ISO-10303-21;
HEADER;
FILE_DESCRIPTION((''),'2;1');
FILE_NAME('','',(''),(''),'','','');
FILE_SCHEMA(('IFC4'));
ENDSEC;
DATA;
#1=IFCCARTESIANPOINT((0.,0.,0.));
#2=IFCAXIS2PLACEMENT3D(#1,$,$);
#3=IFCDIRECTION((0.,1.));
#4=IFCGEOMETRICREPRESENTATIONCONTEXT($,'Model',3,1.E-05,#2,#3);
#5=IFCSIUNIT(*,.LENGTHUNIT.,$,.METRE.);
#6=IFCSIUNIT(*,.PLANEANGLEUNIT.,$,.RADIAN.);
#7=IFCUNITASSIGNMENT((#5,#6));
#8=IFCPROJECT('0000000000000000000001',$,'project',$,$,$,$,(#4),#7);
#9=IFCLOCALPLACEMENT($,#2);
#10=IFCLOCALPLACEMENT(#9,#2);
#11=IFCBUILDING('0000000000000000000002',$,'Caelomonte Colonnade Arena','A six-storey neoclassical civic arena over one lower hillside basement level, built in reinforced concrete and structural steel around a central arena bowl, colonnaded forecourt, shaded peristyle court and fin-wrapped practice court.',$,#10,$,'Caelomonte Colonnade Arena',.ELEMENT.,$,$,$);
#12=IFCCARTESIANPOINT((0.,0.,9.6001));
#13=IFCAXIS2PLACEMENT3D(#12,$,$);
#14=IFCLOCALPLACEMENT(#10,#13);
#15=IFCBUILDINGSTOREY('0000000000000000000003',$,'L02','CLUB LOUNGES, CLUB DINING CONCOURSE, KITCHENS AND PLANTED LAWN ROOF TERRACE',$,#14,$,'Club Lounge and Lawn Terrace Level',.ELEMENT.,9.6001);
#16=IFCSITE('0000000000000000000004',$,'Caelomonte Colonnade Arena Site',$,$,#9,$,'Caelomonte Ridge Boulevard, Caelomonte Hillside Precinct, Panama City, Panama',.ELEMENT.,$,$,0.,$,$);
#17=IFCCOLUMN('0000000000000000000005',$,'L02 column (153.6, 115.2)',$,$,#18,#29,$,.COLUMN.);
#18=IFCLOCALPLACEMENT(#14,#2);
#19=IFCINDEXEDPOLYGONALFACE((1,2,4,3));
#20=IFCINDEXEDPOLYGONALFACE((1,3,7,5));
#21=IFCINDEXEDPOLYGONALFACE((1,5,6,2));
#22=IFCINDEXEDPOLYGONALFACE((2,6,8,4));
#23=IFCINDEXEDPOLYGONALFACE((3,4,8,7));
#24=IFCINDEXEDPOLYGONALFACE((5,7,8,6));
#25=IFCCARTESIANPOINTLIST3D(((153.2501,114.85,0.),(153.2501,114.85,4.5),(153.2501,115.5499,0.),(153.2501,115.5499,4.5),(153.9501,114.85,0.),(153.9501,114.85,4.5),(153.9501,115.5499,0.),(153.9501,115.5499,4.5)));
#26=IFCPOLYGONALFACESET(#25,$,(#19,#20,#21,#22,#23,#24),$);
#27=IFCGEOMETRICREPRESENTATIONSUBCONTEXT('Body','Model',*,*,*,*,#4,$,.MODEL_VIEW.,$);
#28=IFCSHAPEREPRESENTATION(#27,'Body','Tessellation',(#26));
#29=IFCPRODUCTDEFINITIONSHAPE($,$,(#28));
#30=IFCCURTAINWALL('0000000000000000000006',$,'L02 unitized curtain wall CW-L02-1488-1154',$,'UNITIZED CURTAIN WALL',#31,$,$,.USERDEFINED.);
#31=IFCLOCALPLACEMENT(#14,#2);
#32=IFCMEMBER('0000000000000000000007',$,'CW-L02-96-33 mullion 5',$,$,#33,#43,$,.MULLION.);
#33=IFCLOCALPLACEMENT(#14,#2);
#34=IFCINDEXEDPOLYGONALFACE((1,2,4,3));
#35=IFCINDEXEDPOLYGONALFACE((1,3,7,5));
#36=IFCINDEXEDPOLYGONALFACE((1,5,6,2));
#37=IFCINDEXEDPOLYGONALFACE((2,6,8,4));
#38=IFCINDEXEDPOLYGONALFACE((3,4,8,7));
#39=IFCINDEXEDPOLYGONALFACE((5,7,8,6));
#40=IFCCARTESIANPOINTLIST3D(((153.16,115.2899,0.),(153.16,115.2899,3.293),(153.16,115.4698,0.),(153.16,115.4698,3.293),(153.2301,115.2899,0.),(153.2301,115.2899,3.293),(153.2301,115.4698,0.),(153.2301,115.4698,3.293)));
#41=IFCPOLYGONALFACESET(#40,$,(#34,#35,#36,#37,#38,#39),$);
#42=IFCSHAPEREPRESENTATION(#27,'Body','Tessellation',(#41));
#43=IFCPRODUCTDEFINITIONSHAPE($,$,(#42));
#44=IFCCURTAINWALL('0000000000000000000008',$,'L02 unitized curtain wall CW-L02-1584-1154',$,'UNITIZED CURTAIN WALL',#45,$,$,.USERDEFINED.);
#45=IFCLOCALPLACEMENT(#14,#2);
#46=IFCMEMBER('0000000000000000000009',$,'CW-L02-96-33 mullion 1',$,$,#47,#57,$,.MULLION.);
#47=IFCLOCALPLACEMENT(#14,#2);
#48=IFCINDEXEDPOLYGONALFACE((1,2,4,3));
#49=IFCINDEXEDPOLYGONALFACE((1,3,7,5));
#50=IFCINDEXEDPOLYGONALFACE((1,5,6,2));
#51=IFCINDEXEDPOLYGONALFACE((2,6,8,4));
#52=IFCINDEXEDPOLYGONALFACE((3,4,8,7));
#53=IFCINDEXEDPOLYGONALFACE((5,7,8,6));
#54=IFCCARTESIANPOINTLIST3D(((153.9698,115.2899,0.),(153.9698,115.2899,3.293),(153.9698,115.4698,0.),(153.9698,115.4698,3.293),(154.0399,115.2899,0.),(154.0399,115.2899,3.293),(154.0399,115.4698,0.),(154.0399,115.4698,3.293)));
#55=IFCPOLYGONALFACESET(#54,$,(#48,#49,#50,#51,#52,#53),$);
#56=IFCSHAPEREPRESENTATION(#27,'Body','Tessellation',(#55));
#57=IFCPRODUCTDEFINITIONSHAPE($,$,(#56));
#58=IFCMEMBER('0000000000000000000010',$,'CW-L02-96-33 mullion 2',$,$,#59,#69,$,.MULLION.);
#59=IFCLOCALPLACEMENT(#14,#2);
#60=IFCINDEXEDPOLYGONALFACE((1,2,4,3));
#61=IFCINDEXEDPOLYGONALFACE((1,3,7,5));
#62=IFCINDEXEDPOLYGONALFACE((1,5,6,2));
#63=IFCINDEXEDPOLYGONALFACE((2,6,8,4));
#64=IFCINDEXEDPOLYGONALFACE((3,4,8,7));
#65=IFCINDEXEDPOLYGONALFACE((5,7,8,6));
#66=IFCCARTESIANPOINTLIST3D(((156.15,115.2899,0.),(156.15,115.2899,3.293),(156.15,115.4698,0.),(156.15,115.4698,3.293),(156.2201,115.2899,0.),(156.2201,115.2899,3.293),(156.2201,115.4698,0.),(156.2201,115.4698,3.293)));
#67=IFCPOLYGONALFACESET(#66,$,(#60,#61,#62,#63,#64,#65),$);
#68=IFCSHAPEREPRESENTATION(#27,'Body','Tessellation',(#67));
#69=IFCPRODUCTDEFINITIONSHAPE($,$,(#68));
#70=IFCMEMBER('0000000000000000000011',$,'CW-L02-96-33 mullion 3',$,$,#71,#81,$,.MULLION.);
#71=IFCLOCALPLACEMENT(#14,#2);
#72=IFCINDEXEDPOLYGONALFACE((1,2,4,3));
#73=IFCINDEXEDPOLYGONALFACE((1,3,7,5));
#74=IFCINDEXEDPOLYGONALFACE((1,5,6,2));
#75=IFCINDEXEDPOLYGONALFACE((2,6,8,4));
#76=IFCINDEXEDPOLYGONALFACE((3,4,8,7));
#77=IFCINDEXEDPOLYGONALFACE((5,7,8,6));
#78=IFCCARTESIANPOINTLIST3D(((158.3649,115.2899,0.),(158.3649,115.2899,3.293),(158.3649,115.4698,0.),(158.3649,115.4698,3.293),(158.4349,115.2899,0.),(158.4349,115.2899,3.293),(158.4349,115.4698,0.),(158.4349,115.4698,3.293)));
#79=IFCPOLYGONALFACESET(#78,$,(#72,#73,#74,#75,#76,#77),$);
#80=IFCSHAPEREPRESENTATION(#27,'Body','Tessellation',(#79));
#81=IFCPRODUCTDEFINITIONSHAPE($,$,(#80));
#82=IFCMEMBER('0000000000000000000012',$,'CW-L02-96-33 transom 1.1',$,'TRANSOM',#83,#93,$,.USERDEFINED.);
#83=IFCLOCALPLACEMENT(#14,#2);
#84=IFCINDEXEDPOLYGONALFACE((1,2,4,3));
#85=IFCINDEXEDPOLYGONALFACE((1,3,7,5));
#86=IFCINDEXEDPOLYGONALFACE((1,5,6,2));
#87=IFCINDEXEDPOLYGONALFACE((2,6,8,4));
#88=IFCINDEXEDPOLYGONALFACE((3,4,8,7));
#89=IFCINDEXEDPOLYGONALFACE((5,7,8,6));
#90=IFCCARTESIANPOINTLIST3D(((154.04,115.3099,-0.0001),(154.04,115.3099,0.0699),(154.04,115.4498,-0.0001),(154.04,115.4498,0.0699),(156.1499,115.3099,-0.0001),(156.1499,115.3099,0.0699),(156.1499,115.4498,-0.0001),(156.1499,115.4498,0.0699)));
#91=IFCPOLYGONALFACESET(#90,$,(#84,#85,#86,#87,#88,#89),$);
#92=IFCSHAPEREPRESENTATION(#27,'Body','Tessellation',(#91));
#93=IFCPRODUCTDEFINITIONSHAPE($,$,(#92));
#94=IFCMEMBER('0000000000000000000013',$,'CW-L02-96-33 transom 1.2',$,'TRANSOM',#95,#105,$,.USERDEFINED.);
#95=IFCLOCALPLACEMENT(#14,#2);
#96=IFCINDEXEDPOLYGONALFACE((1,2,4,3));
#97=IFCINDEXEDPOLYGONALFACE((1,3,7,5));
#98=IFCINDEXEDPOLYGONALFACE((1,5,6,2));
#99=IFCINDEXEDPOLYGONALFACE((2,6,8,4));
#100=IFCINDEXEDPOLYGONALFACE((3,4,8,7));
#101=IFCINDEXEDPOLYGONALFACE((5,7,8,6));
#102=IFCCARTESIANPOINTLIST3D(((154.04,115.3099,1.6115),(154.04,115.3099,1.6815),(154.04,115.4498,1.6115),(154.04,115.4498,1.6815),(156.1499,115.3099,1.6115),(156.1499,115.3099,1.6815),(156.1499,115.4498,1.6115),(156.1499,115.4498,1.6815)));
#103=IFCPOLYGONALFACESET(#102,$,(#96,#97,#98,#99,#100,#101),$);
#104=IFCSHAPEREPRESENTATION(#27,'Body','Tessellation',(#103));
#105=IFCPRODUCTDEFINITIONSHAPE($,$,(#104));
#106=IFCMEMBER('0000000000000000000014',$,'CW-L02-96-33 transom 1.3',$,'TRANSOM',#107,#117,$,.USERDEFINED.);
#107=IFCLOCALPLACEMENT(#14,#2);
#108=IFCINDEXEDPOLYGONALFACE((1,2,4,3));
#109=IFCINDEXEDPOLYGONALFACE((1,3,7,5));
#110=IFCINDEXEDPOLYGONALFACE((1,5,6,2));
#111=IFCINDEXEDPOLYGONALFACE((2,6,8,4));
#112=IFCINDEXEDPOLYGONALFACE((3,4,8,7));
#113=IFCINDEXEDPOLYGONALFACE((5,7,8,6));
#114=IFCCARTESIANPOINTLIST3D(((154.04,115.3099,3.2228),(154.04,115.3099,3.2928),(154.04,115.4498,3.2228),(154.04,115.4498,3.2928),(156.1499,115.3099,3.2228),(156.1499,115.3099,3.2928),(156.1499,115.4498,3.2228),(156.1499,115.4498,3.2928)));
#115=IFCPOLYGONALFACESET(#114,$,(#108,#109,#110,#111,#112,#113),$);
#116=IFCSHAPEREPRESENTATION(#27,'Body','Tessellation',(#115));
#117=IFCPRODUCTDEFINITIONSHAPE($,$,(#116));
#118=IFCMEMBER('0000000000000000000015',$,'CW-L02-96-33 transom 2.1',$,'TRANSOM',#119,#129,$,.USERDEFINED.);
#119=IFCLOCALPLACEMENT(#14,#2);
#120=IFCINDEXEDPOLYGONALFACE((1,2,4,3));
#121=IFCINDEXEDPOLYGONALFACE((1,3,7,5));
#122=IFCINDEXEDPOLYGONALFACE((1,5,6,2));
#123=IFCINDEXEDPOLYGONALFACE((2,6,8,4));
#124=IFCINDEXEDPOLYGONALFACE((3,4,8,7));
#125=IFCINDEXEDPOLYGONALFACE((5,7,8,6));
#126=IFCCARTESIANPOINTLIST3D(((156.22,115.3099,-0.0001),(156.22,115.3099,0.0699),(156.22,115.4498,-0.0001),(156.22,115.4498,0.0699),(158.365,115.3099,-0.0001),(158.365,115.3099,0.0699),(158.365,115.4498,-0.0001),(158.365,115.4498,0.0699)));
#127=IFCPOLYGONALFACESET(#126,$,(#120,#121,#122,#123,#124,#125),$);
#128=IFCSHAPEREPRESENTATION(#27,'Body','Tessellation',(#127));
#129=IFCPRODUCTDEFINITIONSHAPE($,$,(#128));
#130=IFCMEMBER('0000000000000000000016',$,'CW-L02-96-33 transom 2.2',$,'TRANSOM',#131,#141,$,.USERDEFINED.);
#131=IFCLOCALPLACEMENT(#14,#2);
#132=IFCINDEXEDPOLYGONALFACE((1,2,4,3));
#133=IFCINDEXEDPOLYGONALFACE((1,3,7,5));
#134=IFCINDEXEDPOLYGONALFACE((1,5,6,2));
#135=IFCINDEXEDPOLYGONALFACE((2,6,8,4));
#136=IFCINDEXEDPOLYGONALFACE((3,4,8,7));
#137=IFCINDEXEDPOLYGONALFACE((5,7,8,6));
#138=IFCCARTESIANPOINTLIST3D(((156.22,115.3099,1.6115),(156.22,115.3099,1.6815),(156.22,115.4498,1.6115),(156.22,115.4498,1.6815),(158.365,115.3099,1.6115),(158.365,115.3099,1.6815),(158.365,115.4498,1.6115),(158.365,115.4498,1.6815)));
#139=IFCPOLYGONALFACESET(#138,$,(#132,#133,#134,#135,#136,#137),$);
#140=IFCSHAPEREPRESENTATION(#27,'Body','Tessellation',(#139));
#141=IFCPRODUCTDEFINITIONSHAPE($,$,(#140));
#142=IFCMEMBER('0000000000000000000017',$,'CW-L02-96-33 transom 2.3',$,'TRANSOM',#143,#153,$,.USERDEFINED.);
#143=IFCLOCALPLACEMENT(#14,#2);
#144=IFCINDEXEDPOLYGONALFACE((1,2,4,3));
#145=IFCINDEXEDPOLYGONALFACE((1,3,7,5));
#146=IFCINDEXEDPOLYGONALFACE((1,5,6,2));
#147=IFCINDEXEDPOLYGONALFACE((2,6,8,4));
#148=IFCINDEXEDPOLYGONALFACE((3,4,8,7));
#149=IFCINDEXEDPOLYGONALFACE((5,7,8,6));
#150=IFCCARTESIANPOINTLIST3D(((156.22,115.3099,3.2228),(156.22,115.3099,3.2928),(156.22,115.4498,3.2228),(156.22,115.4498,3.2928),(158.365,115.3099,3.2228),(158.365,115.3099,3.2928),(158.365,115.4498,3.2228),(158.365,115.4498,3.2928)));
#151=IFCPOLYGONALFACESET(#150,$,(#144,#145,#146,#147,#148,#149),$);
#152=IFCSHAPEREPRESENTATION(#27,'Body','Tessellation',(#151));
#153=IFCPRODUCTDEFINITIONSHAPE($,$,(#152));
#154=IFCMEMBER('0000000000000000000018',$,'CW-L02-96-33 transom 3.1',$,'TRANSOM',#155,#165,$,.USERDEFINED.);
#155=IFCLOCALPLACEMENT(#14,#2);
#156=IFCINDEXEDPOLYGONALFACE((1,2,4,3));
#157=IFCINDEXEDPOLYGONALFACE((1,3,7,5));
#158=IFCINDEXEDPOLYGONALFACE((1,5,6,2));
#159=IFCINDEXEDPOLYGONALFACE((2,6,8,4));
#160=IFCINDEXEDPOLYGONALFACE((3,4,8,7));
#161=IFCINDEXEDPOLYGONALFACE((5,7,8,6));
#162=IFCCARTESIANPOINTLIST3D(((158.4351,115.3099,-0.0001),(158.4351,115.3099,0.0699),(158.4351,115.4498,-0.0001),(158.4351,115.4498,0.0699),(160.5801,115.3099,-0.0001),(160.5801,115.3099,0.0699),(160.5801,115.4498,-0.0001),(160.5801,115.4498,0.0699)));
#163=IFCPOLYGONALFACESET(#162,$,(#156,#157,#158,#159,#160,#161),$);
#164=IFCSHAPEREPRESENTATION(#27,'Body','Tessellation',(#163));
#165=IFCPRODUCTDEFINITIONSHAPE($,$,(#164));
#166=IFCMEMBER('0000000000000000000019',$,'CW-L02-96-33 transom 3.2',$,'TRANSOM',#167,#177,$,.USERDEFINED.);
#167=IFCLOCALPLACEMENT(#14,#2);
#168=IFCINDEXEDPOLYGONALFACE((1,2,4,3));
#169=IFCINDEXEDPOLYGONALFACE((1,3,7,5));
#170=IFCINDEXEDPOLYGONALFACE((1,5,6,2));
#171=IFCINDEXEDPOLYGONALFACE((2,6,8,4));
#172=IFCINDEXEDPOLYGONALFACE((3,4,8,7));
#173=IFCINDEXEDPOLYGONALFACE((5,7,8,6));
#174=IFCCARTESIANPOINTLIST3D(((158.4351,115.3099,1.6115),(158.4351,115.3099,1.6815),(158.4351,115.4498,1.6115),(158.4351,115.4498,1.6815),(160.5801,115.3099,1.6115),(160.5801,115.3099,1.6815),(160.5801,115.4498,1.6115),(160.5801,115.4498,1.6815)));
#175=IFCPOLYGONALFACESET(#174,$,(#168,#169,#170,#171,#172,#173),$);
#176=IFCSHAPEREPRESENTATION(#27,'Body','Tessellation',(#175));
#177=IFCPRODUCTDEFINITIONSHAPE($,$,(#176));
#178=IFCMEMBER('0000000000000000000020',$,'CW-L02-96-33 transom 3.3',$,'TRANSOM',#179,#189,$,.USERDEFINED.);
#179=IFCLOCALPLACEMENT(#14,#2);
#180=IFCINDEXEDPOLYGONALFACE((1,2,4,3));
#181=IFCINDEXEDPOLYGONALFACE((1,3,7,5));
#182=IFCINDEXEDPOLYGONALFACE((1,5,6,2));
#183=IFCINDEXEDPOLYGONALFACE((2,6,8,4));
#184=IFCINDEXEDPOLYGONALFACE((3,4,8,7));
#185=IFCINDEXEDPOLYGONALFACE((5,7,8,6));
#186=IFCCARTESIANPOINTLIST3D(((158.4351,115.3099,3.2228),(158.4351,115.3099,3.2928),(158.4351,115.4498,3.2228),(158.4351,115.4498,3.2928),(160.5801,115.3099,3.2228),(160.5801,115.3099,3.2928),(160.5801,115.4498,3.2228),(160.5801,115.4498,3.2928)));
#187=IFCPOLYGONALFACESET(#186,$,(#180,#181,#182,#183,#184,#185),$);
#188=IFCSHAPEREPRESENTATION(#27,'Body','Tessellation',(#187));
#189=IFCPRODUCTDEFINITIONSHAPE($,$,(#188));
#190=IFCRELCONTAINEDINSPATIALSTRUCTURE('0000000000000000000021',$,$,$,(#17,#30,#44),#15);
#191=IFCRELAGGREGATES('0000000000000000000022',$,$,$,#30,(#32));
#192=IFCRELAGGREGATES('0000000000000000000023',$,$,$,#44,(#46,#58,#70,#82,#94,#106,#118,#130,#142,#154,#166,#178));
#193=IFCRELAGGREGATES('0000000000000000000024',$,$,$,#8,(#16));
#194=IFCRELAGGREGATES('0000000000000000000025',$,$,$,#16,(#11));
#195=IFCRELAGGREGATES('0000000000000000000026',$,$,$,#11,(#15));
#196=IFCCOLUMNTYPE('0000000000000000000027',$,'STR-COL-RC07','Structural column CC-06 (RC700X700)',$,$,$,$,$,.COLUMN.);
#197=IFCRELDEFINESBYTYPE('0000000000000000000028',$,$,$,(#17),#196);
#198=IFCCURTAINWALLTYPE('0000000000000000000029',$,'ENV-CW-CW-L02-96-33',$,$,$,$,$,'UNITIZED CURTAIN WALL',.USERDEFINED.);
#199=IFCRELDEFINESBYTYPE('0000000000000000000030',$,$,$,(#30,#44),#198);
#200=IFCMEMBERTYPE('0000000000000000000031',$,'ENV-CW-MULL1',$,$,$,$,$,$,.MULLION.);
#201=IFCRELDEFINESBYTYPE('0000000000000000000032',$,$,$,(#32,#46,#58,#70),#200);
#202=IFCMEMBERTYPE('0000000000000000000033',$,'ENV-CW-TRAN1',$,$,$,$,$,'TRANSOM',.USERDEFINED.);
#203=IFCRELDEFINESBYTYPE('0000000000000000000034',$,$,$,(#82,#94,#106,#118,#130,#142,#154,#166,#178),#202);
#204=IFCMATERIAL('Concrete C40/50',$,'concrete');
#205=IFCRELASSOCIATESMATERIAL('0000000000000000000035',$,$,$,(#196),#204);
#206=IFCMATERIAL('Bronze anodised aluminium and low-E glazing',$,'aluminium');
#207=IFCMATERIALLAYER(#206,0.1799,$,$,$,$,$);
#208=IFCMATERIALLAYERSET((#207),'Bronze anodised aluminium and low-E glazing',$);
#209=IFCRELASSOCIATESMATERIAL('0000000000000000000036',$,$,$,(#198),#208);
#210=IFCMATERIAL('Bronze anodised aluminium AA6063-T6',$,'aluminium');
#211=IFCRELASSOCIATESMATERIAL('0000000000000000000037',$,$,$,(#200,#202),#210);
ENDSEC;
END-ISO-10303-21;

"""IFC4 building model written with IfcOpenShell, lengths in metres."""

from ifc_helpers import new_model, si_unit, direction, frame, origin, origin_2d, place, context, subcontext, project, spatial, rectangle, extrude, material, layer, layer_set, material_profile, profile_set, type_object, element, aggregate, save


model = new_model("IFC4")

# Units and contexts
model_context = context("Model", 3, precision=1e-05, world=origin(), true_north=direction((0.0, 1.0)))
body_context = subcontext(model_context, "Body", "Model", "MODEL_VIEW")
ifc_project = project(units=[si_unit("LENGTHUNIT", "METRE"), si_unit("PLANEANGLEUNIT", "RADIAN")], contexts=[model_context])

# Site, building, storey
site_placement = place(None, origin())
site = spatial("IfcSite", under=ifc_project, at=site_placement, Name="Caelomonte Colonnade Arena Site", LongName="Caelomonte Ridge Boulevard, Caelomonte Hillside Precinct, Panama City, Panama", CompositionType="ELEMENT", RefElevation=0.0)
building_placement = place(site_placement, origin())
building = spatial("IfcBuilding", under=site, at=building_placement, Name="Caelomonte Colonnade Arena", Description="A six-storey neoclassical civic arena over one lower hillside basement level, built in reinforced concrete and structural steel around a central arena bowl, colonnaded forecourt, shaded peristyle court and fin-wrapped practice court.", LongName="Caelomonte Colonnade Arena", CompositionType="ELEMENT")
storey_placement = place(building_placement, frame((0.0, 0.0, 9.6001)))
storey = spatial("IfcBuildingStorey", under=building, at=storey_placement, Name="L02", Description="CLUB LOUNGES, CLUB DINING CONCOURSE, KITCHENS AND PLANTED LAWN ROOF TERRACE", LongName="Club Lounge and Lawn Terrace Level", CompositionType="ELEMENT", Elevation=9.6001)

# Column
ifc_material_1 = material(Name="Concrete C40/50", Category="concrete")
ifc_material_profile_1 = material_profile(ifc_material_1, rectangle(XDim=0.7, YDim=0.7, at=origin_2d()), Name="RC700X700")
ifc_profile_set_1 = profile_set([ifc_material_profile_1], Name="Concrete C40/50")
column_type = type_object("IfcColumnType", Name="STR-COL-RC07", Description="Structural column CC-06 (RC700X700)", PredefinedType="COLUMN", material=ifc_profile_set_1)
column_placement = place(storey_placement, frame((153.6001, 115.2, 0.0), z_axis=(0.0, 0.0, 1.0), x_axis=(1.0, 0.0, 0.0)))
element("IfcColumn", 1, at=column_placement, inside=storey, type_object=column_type, Name="L02 column (153.6, 115.2)", PredefinedType="COLUMN", context=body_context, shape_type="SweptSolid", body=[
    extrude(rectangle(XDim=0.7, YDim=0.7, at=origin_2d()), origin(), (0.0, 0.0, 1.0), 4.5),
])

# Curtain wall, member
ifc_material_2 = material(Name="Bronze anodised aluminium and low-E glazing", Category="aluminium")
ifc_layer_1 = layer(ifc_material_2, 0.1799)
ifc_layer_set_1 = layer_set([ifc_layer_1], Name="Bronze anodised aluminium and low-E glazing")
curtain_wall_type = type_object("IfcCurtainWallType", Name="ENV-CW-CW-L02-96-33", ElementType="UNITIZED CURTAIN WALL", PredefinedType="USERDEFINED", material=ifc_layer_set_1)
curtain_wall_1_placement = place(storey_placement, origin())
curtain_wall_1 = element("IfcCurtainWall", 2, at=curtain_wall_1_placement, inside=storey, type_object=curtain_wall_type, Name="L02 unitized curtain wall CW-L02-1488-1154", ObjectType="UNITIZED CURTAIN WALL", PredefinedType="USERDEFINED")
ifc_material_3 = material(Name="Bronze anodised aluminium AA6063-T6", Category="aluminium")
ifc_material_profile_2 = material_profile(ifc_material_3, rectangle(XDim=0.0701, YDim=0.1799, at=origin_2d()), Name="CWM-70X180")
ifc_profile_set_2 = profile_set([ifc_material_profile_2], Name="Bronze anodised aluminium AA6063-T6")
member_type_1 = type_object("IfcMemberType", Name="ENV-CW-MULL1", PredefinedType="MULLION", material=ifc_profile_set_2)
member_1_placement = place(storey_placement, frame((153.1951, 115.3799, 0.0), z_axis=(0.0, 0.0, 1.0), x_axis=(1.0, 0.0, 0.0)))
member_1 = element("IfcMember", 3, at=member_1_placement, type_object=member_type_1, Name="CW-L02-96-33 mullion 5", PredefinedType="MULLION", context=body_context, shape_type="SweptSolid", body=[
    extrude(rectangle(XDim=0.0701, YDim=0.1799, at=origin_2d()), origin(), (0.0, 0.0, 1.0), 3.293),
])

# Curtain wall, members
curtain_wall_2_placement = place(storey_placement, origin())
curtain_wall_2 = element("IfcCurtainWall", 4, at=curtain_wall_2_placement, inside=storey, type_object=curtain_wall_type, Name="L02 unitized curtain wall CW-L02-1584-1154", ObjectType="UNITIZED CURTAIN WALL", PredefinedType="USERDEFINED")
member_2_placement = place(storey_placement, frame((154.0049, 115.3799, 0.0), z_axis=(0.0, 0.0, 1.0), x_axis=(1.0, 0.0, 0.0)))
member_2 = element("IfcMember", 5, at=member_2_placement, type_object=member_type_1, Name="CW-L02-96-33 mullion 1", PredefinedType="MULLION", context=body_context, shape_type="SweptSolid", body=[
    extrude(rectangle(XDim=0.0701, YDim=0.1799, at=origin_2d()), origin(), (0.0, 0.0, 1.0), 3.293),
])
member_3_placement = place(storey_placement, frame((156.1851, 115.3799, 0.0), z_axis=(0.0, 0.0, 1.0), x_axis=(1.0, 0.0, 0.0)))
member_3 = element("IfcMember", 6, at=member_3_placement, type_object=member_type_1, Name="CW-L02-96-33 mullion 2", PredefinedType="MULLION", context=body_context, shape_type="SweptSolid", body=[
    extrude(rectangle(XDim=0.0701, YDim=0.1799, at=origin_2d()), origin(), (0.0, 0.0, 1.0), 3.293),
])
member_4_placement = place(storey_placement, frame((158.3999, 115.3799, 0.0), z_axis=(0.0, 0.0, 1.0), x_axis=(1.0, 0.0, 0.0)))
member_4 = element("IfcMember", 7, at=member_4_placement, type_object=member_type_1, Name="CW-L02-96-33 mullion 3", PredefinedType="MULLION", context=body_context, shape_type="SweptSolid", body=[
    extrude(rectangle(XDim=0.0701, YDim=0.1799, at=origin_2d()), origin(), (0.0, 0.0, 1.0), 3.293),
])
ifc_material_profile_3 = material_profile(ifc_material_3, rectangle(XDim=0.0701, YDim=0.1399, at=origin_2d()), Name="CWT-70X140")
ifc_profile_set_3 = profile_set([ifc_material_profile_3], Name="Bronze anodised aluminium AA6063-T6")
member_type_2 = type_object("IfcMemberType", Name="ENV-CW-TRAN1", ElementType="TRANSOM", PredefinedType="USERDEFINED", material=ifc_profile_set_3)
member_5_placement = place(storey_placement, frame((154.04, 115.3799, 0.0349), z_axis=(1.0, 0.0, 0.0), x_axis=(0.0, 0.0, 1.0)))
member_5 = element("IfcMember", 8, at=member_5_placement, type_object=member_type_2, Name="CW-L02-96-33 transom 1.1", ObjectType="TRANSOM", PredefinedType="USERDEFINED", context=body_context, shape_type="SweptSolid", body=[
    extrude(rectangle(XDim=0.0701, YDim=0.1399, at=origin_2d()), origin(), (0.0, 0.0, 1.0), 2.1099),
])
member_6_placement = place(storey_placement, frame((154.04, 115.3799, 1.6465), z_axis=(1.0, 0.0, 0.0), x_axis=(0.0, 0.0, 1.0)))
member_6 = element("IfcMember", 9, at=member_6_placement, type_object=member_type_2, Name="CW-L02-96-33 transom 1.2", ObjectType="TRANSOM", PredefinedType="USERDEFINED", context=body_context, shape_type="SweptSolid", body=[
    extrude(rectangle(XDim=0.0701, YDim=0.1399, at=origin_2d()), origin(), (0.0, 0.0, 1.0), 2.1099),
])
member_7_placement = place(storey_placement, frame((154.04, 115.3799, 3.2578), z_axis=(1.0, 0.0, 0.0), x_axis=(0.0, 0.0, 1.0)))
member_7 = element("IfcMember", 10, at=member_7_placement, type_object=member_type_2, Name="CW-L02-96-33 transom 1.3", ObjectType="TRANSOM", PredefinedType="USERDEFINED", context=body_context, shape_type="SweptSolid", body=[
    extrude(rectangle(XDim=0.0701, YDim=0.1399, at=origin_2d()), origin(), (0.0, 0.0, 1.0), 2.1099),
])
member_8_placement = place(storey_placement, frame((156.22, 115.3799, 0.0349), z_axis=(1.0, 0.0, 0.0), x_axis=(0.0, 0.0, 1.0)))
member_8 = element("IfcMember", 11, at=member_8_placement, type_object=member_type_2, Name="CW-L02-96-33 transom 2.1", ObjectType="TRANSOM", PredefinedType="USERDEFINED", context=body_context, shape_type="SweptSolid", body=[
    extrude(rectangle(XDim=0.0701, YDim=0.1399, at=origin_2d()), origin(), (0.0, 0.0, 1.0), 2.145),
])
member_9_placement = place(storey_placement, frame((156.22, 115.3799, 1.6465), z_axis=(1.0, 0.0, 0.0), x_axis=(0.0, 0.0, 1.0)))
member_9 = element("IfcMember", 12, at=member_9_placement, type_object=member_type_2, Name="CW-L02-96-33 transom 2.2", ObjectType="TRANSOM", PredefinedType="USERDEFINED", context=body_context, shape_type="SweptSolid", body=[
    extrude(rectangle(XDim=0.0701, YDim=0.1399, at=origin_2d()), origin(), (0.0, 0.0, 1.0), 2.145),
])
member_10_placement = place(storey_placement, frame((156.22, 115.3799, 3.2578), z_axis=(1.0, 0.0, 0.0), x_axis=(0.0, 0.0, 1.0)))
member_10 = element("IfcMember", 13, at=member_10_placement, type_object=member_type_2, Name="CW-L02-96-33 transom 2.3", ObjectType="TRANSOM", PredefinedType="USERDEFINED", context=body_context, shape_type="SweptSolid", body=[
    extrude(rectangle(XDim=0.0701, YDim=0.1399, at=origin_2d()), origin(), (0.0, 0.0, 1.0), 2.145),
])
member_11_placement = place(storey_placement, frame((158.4351, 115.3799, 0.0349), z_axis=(1.0, 0.0, 0.0), x_axis=(0.0, 0.0, 1.0)))
member_11 = element("IfcMember", 14, at=member_11_placement, type_object=member_type_2, Name="CW-L02-96-33 transom 3.1", ObjectType="TRANSOM", PredefinedType="USERDEFINED", context=body_context, shape_type="SweptSolid", body=[
    extrude(rectangle(XDim=0.0701, YDim=0.1399, at=origin_2d()), origin(), (0.0, 0.0, 1.0), 2.145),
])
member_12_placement = place(storey_placement, frame((158.4351, 115.3799, 1.6465), z_axis=(1.0, 0.0, 0.0), x_axis=(0.0, 0.0, 1.0)))
member_12 = element("IfcMember", 15, at=member_12_placement, type_object=member_type_2, Name="CW-L02-96-33 transom 3.2", ObjectType="TRANSOM", PredefinedType="USERDEFINED", context=body_context, shape_type="SweptSolid", body=[
    extrude(rectangle(XDim=0.0701, YDim=0.1399, at=origin_2d()), origin(), (0.0, 0.0, 1.0), 2.145),
])
member_13_placement = place(storey_placement, frame((158.4351, 115.3799, 3.2578), z_axis=(1.0, 0.0, 0.0), x_axis=(0.0, 0.0, 1.0)))
member_13 = element("IfcMember", 16, at=member_13_placement, type_object=member_type_2, Name="CW-L02-96-33 transom 3.3", ObjectType="TRANSOM", PredefinedType="USERDEFINED", context=body_context, shape_type="SweptSolid", body=[
    extrude(rectangle(XDim=0.0701, YDim=0.1399, at=origin_2d()), origin(), (0.0, 0.0, 1.0), 2.145),
])

aggregate(curtain_wall_1, [member_1])
aggregate(curtain_wall_2, [member_2, member_3, member_4, member_5, member_6, member_7, member_8, member_9, member_10, member_11, member_12, member_13])

save(model, "model.ifc")
